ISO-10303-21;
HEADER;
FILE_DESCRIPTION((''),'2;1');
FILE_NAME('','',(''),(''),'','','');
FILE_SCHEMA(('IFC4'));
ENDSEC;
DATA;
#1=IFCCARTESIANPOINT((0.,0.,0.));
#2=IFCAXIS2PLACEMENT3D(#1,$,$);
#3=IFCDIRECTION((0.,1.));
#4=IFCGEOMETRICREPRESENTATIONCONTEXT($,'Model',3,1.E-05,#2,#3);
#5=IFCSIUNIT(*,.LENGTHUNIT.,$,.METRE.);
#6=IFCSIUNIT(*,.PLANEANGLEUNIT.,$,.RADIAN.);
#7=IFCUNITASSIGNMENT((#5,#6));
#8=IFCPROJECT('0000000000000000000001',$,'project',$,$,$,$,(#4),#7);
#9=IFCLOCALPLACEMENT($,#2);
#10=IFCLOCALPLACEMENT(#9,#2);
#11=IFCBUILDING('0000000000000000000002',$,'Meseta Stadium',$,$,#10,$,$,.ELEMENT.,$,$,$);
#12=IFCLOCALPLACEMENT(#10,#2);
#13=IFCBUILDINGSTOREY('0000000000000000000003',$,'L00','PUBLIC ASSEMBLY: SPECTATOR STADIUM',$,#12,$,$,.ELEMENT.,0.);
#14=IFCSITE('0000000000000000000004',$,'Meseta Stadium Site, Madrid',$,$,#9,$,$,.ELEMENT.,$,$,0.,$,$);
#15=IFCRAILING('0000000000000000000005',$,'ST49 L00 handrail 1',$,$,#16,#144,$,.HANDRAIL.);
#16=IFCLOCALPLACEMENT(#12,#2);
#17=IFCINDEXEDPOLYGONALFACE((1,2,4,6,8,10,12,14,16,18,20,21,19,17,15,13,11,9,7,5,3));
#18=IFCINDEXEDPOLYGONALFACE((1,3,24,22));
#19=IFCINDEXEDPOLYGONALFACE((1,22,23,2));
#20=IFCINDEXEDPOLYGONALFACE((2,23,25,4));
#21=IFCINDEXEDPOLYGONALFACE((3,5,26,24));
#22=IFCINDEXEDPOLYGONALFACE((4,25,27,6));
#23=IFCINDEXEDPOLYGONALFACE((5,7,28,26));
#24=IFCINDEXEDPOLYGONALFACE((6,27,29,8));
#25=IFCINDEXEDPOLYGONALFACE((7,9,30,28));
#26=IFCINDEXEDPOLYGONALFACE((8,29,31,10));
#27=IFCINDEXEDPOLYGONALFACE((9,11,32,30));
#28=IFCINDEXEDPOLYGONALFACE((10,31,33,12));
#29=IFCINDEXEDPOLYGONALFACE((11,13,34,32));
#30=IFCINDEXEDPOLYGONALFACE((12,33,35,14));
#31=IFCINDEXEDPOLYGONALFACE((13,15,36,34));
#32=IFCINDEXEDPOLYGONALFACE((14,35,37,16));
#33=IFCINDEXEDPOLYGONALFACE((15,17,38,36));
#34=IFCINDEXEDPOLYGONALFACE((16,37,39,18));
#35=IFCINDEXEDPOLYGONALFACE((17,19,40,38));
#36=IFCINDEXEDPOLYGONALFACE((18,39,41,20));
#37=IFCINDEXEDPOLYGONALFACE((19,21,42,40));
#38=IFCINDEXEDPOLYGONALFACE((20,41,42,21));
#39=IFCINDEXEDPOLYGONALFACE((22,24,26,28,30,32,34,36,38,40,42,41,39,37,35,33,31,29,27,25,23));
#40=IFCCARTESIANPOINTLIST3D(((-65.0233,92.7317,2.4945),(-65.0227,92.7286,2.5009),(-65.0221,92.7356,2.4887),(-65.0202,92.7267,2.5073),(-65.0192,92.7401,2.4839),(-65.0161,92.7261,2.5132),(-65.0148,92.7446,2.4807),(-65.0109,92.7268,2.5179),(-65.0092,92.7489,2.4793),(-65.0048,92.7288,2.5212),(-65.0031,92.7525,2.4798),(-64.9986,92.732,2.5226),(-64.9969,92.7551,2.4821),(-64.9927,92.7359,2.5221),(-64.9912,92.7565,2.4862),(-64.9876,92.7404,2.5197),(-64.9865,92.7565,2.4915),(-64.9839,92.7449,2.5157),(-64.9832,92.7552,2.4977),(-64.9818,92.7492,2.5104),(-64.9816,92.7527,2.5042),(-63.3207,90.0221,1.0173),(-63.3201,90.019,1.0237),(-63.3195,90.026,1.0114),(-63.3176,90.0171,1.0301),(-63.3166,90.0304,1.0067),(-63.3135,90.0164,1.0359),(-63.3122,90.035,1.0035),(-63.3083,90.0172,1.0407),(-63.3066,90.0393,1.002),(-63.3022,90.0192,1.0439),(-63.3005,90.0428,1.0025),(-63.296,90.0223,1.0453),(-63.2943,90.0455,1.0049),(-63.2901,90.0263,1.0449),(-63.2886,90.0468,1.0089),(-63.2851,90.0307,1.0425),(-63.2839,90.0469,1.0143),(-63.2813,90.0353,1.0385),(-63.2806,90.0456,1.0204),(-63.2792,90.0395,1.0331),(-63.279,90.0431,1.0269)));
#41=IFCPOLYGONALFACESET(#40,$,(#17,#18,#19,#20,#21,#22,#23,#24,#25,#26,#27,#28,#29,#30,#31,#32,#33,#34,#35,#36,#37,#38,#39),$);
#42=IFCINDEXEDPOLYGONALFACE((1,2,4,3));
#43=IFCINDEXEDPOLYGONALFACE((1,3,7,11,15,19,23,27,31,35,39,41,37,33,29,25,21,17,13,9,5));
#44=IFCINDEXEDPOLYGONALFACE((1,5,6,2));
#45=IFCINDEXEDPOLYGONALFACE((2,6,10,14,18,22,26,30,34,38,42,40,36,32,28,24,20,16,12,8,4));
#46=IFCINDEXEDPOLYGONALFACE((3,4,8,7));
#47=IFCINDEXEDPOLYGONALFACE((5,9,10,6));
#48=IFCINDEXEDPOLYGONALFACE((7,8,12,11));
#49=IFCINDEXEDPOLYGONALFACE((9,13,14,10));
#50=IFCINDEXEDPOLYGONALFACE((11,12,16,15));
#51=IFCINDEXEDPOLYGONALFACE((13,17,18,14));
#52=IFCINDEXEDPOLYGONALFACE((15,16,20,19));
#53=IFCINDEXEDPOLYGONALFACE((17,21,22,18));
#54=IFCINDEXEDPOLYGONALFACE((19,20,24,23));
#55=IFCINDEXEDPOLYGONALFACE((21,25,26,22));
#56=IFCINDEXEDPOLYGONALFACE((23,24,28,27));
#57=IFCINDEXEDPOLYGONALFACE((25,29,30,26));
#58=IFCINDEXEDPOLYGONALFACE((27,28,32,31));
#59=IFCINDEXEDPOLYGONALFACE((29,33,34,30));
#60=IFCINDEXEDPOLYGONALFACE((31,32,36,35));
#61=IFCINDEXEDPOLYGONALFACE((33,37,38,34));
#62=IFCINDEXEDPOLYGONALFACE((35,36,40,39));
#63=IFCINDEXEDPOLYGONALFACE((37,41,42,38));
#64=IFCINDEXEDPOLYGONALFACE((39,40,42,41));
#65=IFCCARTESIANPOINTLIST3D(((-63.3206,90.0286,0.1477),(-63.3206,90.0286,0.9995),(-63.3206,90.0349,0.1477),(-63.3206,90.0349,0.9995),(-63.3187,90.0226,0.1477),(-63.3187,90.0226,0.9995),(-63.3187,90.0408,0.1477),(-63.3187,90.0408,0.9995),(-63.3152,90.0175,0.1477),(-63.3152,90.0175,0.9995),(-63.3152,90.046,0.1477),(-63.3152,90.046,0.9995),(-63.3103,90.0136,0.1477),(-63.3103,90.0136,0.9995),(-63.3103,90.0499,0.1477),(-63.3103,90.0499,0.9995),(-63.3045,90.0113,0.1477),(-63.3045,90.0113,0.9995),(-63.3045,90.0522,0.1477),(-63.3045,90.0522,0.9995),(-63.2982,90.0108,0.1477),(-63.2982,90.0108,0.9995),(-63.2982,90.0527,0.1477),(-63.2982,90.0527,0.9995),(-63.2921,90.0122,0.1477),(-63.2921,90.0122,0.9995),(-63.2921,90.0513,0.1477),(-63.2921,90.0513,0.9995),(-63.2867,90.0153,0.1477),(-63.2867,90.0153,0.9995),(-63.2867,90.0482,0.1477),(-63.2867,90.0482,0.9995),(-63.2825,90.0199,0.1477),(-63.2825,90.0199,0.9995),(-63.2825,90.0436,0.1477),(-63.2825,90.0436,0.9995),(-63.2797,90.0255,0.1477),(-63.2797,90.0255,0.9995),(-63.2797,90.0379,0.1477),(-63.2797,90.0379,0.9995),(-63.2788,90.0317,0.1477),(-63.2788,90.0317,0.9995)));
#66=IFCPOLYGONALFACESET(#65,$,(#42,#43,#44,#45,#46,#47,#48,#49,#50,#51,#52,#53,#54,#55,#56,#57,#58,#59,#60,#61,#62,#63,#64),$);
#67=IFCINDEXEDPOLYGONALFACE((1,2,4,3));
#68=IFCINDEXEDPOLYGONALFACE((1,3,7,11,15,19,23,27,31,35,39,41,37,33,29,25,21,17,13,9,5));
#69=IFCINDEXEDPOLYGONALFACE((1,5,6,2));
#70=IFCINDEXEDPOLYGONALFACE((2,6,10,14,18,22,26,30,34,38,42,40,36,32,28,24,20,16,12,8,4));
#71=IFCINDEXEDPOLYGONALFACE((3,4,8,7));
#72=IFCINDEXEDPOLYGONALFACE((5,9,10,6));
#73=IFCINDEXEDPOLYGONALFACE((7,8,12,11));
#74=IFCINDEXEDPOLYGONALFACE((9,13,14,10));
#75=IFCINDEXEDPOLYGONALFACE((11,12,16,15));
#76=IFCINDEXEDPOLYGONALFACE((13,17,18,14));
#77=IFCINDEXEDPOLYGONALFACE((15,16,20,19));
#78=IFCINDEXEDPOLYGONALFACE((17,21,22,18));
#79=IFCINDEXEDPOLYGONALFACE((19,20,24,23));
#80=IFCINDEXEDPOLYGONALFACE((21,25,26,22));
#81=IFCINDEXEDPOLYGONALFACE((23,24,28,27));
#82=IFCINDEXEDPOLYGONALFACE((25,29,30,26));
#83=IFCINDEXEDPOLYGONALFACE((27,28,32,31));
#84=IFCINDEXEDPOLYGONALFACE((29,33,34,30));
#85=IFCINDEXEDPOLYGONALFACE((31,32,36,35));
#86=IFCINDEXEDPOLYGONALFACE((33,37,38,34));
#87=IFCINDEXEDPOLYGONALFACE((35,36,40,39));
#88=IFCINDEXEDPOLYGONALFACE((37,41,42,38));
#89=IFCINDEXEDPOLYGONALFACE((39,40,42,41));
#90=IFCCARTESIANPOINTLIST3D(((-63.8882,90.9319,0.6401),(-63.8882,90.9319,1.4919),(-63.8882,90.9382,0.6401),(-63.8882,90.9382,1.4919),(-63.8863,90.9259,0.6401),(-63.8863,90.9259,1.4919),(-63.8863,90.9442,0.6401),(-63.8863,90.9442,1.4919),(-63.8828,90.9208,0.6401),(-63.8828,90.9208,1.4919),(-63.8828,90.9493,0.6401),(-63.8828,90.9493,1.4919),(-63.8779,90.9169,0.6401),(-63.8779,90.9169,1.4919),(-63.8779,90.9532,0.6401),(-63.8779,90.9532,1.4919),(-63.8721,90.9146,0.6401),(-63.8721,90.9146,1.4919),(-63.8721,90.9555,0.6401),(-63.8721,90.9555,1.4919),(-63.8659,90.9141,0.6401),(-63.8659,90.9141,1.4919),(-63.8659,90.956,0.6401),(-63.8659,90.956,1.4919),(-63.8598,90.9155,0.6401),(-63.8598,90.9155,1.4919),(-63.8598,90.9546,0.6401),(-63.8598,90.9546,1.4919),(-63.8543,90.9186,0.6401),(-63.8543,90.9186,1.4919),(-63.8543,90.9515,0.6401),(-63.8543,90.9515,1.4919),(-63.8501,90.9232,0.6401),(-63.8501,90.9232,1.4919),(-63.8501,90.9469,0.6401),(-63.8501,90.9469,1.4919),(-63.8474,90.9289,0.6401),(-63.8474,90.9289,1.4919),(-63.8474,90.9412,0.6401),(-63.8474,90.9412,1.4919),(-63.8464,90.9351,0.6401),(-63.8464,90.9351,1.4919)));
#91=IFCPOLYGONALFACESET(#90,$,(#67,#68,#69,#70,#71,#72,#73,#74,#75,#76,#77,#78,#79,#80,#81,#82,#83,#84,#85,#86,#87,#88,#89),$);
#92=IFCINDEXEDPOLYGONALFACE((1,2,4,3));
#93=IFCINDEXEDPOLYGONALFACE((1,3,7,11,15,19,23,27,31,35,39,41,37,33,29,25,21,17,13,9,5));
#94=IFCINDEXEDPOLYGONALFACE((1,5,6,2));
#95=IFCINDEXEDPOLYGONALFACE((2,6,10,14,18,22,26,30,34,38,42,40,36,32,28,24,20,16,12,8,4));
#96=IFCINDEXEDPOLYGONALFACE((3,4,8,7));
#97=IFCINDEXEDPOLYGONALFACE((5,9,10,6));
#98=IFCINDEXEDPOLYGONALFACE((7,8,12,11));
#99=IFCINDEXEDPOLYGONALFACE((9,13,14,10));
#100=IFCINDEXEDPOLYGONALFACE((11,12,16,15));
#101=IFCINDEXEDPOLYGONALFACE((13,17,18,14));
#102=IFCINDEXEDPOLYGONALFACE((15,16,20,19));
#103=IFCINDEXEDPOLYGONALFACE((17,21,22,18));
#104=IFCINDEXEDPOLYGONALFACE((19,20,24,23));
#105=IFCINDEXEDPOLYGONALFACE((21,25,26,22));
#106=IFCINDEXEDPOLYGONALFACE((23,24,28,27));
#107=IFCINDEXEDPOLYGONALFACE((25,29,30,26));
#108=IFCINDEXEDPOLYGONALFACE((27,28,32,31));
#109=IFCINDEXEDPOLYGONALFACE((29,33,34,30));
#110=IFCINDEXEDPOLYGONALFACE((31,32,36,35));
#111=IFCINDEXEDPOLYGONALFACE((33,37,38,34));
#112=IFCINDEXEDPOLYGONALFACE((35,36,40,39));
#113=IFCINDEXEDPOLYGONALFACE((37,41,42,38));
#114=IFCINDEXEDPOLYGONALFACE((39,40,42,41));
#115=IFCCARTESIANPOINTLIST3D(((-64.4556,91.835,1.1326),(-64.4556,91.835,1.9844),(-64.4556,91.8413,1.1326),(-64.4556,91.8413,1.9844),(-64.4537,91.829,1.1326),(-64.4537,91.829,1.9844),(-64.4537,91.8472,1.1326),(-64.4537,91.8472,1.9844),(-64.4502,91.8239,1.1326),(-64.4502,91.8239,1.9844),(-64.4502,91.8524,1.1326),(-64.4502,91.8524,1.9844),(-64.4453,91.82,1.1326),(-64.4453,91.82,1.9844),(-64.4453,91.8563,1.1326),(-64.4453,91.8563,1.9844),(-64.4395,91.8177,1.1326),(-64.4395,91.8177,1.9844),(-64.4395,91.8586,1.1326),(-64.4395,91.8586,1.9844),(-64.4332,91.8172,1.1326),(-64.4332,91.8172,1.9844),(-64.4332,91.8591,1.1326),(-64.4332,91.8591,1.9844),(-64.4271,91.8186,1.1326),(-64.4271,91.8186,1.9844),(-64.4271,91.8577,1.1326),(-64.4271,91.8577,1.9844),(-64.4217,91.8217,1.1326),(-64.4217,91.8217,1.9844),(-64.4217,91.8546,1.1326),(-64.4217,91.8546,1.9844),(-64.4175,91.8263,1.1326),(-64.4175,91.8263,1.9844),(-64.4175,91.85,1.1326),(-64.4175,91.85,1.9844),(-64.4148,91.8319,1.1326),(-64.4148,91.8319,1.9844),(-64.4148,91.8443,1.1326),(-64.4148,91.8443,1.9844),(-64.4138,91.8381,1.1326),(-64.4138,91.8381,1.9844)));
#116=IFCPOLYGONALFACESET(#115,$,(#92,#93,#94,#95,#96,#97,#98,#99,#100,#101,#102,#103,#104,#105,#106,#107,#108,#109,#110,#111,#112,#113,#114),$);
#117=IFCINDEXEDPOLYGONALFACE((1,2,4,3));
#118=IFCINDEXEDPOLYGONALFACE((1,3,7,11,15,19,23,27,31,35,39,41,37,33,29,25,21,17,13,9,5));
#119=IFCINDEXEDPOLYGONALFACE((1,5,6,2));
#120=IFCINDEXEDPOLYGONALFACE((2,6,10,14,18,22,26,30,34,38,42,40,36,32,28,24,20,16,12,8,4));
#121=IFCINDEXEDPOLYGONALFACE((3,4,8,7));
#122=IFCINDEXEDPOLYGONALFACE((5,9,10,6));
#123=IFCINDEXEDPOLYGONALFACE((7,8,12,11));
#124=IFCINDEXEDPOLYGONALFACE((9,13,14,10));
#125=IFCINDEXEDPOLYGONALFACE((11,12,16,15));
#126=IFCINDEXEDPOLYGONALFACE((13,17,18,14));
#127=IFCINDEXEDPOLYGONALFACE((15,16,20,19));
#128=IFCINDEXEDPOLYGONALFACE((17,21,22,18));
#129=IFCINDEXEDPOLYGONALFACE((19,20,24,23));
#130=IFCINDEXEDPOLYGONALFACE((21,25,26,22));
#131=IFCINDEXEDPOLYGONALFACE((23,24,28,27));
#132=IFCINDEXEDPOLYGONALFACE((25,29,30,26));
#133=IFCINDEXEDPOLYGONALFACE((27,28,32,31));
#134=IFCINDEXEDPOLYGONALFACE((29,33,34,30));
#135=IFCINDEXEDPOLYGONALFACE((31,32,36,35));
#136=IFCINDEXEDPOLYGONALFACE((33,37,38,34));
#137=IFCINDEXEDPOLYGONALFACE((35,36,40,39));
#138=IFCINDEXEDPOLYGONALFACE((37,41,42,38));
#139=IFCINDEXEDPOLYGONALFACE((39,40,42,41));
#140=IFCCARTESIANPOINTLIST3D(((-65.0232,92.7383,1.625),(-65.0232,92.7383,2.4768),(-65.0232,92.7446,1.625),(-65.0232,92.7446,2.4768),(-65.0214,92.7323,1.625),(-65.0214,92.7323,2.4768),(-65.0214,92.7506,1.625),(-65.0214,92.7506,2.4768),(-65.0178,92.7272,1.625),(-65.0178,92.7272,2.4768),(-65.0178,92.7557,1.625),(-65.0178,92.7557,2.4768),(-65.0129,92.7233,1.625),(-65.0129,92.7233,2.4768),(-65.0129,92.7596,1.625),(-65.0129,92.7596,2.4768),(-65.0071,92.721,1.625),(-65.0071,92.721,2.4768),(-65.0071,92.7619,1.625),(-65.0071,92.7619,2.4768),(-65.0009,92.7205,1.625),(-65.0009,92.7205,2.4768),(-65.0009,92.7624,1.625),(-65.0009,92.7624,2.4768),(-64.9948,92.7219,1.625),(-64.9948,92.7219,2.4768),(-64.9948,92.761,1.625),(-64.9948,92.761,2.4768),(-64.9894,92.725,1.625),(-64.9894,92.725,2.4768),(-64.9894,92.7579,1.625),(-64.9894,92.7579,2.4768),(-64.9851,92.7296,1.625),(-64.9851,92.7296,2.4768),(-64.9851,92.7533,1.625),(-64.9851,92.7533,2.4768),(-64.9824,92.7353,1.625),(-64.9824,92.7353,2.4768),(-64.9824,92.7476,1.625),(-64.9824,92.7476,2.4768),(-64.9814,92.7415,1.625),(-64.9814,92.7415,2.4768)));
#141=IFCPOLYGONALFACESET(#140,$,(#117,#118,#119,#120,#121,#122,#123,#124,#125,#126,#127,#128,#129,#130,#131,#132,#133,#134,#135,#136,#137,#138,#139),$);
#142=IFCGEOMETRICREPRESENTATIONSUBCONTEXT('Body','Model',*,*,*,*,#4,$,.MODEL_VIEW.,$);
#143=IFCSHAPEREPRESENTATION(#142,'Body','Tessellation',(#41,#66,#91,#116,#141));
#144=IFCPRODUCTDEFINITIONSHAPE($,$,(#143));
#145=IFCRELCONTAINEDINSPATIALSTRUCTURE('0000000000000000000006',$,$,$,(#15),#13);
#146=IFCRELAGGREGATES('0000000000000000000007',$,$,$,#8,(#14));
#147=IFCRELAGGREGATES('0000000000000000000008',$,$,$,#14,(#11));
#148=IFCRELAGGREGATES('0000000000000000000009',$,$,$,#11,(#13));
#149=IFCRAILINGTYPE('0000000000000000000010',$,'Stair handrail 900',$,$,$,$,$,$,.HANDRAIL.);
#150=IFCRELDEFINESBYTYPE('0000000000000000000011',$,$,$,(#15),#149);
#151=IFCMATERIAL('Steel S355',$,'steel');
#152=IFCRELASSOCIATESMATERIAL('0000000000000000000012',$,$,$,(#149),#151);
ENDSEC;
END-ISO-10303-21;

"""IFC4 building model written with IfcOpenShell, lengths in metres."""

from ifc_helpers import new_model, si_unit, direction, frame, origin, origin_2d, place, context, subcontext, project, spatial, circle, extrude, material, type_object, element, save


model = new_model("IFC4")

# Units and contexts
model_context = context("Model", 3, precision=1e-05, world=origin(), true_north=direction((0.0, 1.0)))
body_context = subcontext(model_context, "Body", "Model", "MODEL_VIEW")
ifc_project = project(units=[si_unit("LENGTHUNIT", "METRE"), si_unit("PLANEANGLEUNIT", "RADIAN")], contexts=[model_context])

# Site, building, storey
site_placement = place(None, origin())
site = spatial("IfcSite", under=ifc_project, at=site_placement, Name="Meseta Stadium Site, Madrid", CompositionType="ELEMENT", RefElevation=0.0)
building_placement = place(site_placement, origin())
building = spatial("IfcBuilding", under=site, at=building_placement, Name="Meseta Stadium", CompositionType="ELEMENT")
storey_placement = place(building_placement, origin())
storey = spatial("IfcBuildingStorey", under=building, at=storey_placement, Name="L00", Description="PUBLIC ASSEMBLY: SPECTATOR STADIUM", CompositionType="ELEMENT", Elevation=0.0)

# Railing
ifc_material_1 = material(Name="Steel S355", Category="steel")
railing_type_1 = type_object("IfcRailingType", Name="Stair handrail 900", PredefinedType="HANDRAIL", material=ifc_material_1)
for number, where, name in (
    (1, (-63.2998, 90.0317, 0.1477), "ST49 L00 handrail 1"),
):
    element("IfcRailing", number, at=place(storey_placement, frame(where)), inside=storey, type_object=railing_type_1, Name=name, PredefinedType="HANDRAIL", context=body_context, shape_type="SweptSolid", body=[
        extrude(circle(Radius=0.0239, at=origin_2d()), frame((0.0, 0.0, 0.876), z_axis=(-0.48305, 0.768766, 0.419119), x_axis=(-0.846723, -0.532034, 0.0)), (0.0, 0.0, 1.0), 3.5247),
        extrude(circle(Radius=0.021, at=origin_2d()), origin(), (0.0, 0.0, 1.0), 0.8518),
        extrude(circle(Radius=0.021, at=origin_2d()), frame((-0.5676, 0.9033, 0.4924)), (0.0, 0.0, 1.0), 0.8518),
        extrude(circle(Radius=0.021, at=origin_2d()), frame((-1.135, 1.8064, 0.9849)), (0.0, 0.0, 1.0), 0.8518),
        extrude(circle(Radius=0.021, at=origin_2d()), frame((-1.7026, 2.7097, 1.4773)), (0.0, 0.0, 1.0), 0.8518),
    ])

save(model, "model.ifc")
